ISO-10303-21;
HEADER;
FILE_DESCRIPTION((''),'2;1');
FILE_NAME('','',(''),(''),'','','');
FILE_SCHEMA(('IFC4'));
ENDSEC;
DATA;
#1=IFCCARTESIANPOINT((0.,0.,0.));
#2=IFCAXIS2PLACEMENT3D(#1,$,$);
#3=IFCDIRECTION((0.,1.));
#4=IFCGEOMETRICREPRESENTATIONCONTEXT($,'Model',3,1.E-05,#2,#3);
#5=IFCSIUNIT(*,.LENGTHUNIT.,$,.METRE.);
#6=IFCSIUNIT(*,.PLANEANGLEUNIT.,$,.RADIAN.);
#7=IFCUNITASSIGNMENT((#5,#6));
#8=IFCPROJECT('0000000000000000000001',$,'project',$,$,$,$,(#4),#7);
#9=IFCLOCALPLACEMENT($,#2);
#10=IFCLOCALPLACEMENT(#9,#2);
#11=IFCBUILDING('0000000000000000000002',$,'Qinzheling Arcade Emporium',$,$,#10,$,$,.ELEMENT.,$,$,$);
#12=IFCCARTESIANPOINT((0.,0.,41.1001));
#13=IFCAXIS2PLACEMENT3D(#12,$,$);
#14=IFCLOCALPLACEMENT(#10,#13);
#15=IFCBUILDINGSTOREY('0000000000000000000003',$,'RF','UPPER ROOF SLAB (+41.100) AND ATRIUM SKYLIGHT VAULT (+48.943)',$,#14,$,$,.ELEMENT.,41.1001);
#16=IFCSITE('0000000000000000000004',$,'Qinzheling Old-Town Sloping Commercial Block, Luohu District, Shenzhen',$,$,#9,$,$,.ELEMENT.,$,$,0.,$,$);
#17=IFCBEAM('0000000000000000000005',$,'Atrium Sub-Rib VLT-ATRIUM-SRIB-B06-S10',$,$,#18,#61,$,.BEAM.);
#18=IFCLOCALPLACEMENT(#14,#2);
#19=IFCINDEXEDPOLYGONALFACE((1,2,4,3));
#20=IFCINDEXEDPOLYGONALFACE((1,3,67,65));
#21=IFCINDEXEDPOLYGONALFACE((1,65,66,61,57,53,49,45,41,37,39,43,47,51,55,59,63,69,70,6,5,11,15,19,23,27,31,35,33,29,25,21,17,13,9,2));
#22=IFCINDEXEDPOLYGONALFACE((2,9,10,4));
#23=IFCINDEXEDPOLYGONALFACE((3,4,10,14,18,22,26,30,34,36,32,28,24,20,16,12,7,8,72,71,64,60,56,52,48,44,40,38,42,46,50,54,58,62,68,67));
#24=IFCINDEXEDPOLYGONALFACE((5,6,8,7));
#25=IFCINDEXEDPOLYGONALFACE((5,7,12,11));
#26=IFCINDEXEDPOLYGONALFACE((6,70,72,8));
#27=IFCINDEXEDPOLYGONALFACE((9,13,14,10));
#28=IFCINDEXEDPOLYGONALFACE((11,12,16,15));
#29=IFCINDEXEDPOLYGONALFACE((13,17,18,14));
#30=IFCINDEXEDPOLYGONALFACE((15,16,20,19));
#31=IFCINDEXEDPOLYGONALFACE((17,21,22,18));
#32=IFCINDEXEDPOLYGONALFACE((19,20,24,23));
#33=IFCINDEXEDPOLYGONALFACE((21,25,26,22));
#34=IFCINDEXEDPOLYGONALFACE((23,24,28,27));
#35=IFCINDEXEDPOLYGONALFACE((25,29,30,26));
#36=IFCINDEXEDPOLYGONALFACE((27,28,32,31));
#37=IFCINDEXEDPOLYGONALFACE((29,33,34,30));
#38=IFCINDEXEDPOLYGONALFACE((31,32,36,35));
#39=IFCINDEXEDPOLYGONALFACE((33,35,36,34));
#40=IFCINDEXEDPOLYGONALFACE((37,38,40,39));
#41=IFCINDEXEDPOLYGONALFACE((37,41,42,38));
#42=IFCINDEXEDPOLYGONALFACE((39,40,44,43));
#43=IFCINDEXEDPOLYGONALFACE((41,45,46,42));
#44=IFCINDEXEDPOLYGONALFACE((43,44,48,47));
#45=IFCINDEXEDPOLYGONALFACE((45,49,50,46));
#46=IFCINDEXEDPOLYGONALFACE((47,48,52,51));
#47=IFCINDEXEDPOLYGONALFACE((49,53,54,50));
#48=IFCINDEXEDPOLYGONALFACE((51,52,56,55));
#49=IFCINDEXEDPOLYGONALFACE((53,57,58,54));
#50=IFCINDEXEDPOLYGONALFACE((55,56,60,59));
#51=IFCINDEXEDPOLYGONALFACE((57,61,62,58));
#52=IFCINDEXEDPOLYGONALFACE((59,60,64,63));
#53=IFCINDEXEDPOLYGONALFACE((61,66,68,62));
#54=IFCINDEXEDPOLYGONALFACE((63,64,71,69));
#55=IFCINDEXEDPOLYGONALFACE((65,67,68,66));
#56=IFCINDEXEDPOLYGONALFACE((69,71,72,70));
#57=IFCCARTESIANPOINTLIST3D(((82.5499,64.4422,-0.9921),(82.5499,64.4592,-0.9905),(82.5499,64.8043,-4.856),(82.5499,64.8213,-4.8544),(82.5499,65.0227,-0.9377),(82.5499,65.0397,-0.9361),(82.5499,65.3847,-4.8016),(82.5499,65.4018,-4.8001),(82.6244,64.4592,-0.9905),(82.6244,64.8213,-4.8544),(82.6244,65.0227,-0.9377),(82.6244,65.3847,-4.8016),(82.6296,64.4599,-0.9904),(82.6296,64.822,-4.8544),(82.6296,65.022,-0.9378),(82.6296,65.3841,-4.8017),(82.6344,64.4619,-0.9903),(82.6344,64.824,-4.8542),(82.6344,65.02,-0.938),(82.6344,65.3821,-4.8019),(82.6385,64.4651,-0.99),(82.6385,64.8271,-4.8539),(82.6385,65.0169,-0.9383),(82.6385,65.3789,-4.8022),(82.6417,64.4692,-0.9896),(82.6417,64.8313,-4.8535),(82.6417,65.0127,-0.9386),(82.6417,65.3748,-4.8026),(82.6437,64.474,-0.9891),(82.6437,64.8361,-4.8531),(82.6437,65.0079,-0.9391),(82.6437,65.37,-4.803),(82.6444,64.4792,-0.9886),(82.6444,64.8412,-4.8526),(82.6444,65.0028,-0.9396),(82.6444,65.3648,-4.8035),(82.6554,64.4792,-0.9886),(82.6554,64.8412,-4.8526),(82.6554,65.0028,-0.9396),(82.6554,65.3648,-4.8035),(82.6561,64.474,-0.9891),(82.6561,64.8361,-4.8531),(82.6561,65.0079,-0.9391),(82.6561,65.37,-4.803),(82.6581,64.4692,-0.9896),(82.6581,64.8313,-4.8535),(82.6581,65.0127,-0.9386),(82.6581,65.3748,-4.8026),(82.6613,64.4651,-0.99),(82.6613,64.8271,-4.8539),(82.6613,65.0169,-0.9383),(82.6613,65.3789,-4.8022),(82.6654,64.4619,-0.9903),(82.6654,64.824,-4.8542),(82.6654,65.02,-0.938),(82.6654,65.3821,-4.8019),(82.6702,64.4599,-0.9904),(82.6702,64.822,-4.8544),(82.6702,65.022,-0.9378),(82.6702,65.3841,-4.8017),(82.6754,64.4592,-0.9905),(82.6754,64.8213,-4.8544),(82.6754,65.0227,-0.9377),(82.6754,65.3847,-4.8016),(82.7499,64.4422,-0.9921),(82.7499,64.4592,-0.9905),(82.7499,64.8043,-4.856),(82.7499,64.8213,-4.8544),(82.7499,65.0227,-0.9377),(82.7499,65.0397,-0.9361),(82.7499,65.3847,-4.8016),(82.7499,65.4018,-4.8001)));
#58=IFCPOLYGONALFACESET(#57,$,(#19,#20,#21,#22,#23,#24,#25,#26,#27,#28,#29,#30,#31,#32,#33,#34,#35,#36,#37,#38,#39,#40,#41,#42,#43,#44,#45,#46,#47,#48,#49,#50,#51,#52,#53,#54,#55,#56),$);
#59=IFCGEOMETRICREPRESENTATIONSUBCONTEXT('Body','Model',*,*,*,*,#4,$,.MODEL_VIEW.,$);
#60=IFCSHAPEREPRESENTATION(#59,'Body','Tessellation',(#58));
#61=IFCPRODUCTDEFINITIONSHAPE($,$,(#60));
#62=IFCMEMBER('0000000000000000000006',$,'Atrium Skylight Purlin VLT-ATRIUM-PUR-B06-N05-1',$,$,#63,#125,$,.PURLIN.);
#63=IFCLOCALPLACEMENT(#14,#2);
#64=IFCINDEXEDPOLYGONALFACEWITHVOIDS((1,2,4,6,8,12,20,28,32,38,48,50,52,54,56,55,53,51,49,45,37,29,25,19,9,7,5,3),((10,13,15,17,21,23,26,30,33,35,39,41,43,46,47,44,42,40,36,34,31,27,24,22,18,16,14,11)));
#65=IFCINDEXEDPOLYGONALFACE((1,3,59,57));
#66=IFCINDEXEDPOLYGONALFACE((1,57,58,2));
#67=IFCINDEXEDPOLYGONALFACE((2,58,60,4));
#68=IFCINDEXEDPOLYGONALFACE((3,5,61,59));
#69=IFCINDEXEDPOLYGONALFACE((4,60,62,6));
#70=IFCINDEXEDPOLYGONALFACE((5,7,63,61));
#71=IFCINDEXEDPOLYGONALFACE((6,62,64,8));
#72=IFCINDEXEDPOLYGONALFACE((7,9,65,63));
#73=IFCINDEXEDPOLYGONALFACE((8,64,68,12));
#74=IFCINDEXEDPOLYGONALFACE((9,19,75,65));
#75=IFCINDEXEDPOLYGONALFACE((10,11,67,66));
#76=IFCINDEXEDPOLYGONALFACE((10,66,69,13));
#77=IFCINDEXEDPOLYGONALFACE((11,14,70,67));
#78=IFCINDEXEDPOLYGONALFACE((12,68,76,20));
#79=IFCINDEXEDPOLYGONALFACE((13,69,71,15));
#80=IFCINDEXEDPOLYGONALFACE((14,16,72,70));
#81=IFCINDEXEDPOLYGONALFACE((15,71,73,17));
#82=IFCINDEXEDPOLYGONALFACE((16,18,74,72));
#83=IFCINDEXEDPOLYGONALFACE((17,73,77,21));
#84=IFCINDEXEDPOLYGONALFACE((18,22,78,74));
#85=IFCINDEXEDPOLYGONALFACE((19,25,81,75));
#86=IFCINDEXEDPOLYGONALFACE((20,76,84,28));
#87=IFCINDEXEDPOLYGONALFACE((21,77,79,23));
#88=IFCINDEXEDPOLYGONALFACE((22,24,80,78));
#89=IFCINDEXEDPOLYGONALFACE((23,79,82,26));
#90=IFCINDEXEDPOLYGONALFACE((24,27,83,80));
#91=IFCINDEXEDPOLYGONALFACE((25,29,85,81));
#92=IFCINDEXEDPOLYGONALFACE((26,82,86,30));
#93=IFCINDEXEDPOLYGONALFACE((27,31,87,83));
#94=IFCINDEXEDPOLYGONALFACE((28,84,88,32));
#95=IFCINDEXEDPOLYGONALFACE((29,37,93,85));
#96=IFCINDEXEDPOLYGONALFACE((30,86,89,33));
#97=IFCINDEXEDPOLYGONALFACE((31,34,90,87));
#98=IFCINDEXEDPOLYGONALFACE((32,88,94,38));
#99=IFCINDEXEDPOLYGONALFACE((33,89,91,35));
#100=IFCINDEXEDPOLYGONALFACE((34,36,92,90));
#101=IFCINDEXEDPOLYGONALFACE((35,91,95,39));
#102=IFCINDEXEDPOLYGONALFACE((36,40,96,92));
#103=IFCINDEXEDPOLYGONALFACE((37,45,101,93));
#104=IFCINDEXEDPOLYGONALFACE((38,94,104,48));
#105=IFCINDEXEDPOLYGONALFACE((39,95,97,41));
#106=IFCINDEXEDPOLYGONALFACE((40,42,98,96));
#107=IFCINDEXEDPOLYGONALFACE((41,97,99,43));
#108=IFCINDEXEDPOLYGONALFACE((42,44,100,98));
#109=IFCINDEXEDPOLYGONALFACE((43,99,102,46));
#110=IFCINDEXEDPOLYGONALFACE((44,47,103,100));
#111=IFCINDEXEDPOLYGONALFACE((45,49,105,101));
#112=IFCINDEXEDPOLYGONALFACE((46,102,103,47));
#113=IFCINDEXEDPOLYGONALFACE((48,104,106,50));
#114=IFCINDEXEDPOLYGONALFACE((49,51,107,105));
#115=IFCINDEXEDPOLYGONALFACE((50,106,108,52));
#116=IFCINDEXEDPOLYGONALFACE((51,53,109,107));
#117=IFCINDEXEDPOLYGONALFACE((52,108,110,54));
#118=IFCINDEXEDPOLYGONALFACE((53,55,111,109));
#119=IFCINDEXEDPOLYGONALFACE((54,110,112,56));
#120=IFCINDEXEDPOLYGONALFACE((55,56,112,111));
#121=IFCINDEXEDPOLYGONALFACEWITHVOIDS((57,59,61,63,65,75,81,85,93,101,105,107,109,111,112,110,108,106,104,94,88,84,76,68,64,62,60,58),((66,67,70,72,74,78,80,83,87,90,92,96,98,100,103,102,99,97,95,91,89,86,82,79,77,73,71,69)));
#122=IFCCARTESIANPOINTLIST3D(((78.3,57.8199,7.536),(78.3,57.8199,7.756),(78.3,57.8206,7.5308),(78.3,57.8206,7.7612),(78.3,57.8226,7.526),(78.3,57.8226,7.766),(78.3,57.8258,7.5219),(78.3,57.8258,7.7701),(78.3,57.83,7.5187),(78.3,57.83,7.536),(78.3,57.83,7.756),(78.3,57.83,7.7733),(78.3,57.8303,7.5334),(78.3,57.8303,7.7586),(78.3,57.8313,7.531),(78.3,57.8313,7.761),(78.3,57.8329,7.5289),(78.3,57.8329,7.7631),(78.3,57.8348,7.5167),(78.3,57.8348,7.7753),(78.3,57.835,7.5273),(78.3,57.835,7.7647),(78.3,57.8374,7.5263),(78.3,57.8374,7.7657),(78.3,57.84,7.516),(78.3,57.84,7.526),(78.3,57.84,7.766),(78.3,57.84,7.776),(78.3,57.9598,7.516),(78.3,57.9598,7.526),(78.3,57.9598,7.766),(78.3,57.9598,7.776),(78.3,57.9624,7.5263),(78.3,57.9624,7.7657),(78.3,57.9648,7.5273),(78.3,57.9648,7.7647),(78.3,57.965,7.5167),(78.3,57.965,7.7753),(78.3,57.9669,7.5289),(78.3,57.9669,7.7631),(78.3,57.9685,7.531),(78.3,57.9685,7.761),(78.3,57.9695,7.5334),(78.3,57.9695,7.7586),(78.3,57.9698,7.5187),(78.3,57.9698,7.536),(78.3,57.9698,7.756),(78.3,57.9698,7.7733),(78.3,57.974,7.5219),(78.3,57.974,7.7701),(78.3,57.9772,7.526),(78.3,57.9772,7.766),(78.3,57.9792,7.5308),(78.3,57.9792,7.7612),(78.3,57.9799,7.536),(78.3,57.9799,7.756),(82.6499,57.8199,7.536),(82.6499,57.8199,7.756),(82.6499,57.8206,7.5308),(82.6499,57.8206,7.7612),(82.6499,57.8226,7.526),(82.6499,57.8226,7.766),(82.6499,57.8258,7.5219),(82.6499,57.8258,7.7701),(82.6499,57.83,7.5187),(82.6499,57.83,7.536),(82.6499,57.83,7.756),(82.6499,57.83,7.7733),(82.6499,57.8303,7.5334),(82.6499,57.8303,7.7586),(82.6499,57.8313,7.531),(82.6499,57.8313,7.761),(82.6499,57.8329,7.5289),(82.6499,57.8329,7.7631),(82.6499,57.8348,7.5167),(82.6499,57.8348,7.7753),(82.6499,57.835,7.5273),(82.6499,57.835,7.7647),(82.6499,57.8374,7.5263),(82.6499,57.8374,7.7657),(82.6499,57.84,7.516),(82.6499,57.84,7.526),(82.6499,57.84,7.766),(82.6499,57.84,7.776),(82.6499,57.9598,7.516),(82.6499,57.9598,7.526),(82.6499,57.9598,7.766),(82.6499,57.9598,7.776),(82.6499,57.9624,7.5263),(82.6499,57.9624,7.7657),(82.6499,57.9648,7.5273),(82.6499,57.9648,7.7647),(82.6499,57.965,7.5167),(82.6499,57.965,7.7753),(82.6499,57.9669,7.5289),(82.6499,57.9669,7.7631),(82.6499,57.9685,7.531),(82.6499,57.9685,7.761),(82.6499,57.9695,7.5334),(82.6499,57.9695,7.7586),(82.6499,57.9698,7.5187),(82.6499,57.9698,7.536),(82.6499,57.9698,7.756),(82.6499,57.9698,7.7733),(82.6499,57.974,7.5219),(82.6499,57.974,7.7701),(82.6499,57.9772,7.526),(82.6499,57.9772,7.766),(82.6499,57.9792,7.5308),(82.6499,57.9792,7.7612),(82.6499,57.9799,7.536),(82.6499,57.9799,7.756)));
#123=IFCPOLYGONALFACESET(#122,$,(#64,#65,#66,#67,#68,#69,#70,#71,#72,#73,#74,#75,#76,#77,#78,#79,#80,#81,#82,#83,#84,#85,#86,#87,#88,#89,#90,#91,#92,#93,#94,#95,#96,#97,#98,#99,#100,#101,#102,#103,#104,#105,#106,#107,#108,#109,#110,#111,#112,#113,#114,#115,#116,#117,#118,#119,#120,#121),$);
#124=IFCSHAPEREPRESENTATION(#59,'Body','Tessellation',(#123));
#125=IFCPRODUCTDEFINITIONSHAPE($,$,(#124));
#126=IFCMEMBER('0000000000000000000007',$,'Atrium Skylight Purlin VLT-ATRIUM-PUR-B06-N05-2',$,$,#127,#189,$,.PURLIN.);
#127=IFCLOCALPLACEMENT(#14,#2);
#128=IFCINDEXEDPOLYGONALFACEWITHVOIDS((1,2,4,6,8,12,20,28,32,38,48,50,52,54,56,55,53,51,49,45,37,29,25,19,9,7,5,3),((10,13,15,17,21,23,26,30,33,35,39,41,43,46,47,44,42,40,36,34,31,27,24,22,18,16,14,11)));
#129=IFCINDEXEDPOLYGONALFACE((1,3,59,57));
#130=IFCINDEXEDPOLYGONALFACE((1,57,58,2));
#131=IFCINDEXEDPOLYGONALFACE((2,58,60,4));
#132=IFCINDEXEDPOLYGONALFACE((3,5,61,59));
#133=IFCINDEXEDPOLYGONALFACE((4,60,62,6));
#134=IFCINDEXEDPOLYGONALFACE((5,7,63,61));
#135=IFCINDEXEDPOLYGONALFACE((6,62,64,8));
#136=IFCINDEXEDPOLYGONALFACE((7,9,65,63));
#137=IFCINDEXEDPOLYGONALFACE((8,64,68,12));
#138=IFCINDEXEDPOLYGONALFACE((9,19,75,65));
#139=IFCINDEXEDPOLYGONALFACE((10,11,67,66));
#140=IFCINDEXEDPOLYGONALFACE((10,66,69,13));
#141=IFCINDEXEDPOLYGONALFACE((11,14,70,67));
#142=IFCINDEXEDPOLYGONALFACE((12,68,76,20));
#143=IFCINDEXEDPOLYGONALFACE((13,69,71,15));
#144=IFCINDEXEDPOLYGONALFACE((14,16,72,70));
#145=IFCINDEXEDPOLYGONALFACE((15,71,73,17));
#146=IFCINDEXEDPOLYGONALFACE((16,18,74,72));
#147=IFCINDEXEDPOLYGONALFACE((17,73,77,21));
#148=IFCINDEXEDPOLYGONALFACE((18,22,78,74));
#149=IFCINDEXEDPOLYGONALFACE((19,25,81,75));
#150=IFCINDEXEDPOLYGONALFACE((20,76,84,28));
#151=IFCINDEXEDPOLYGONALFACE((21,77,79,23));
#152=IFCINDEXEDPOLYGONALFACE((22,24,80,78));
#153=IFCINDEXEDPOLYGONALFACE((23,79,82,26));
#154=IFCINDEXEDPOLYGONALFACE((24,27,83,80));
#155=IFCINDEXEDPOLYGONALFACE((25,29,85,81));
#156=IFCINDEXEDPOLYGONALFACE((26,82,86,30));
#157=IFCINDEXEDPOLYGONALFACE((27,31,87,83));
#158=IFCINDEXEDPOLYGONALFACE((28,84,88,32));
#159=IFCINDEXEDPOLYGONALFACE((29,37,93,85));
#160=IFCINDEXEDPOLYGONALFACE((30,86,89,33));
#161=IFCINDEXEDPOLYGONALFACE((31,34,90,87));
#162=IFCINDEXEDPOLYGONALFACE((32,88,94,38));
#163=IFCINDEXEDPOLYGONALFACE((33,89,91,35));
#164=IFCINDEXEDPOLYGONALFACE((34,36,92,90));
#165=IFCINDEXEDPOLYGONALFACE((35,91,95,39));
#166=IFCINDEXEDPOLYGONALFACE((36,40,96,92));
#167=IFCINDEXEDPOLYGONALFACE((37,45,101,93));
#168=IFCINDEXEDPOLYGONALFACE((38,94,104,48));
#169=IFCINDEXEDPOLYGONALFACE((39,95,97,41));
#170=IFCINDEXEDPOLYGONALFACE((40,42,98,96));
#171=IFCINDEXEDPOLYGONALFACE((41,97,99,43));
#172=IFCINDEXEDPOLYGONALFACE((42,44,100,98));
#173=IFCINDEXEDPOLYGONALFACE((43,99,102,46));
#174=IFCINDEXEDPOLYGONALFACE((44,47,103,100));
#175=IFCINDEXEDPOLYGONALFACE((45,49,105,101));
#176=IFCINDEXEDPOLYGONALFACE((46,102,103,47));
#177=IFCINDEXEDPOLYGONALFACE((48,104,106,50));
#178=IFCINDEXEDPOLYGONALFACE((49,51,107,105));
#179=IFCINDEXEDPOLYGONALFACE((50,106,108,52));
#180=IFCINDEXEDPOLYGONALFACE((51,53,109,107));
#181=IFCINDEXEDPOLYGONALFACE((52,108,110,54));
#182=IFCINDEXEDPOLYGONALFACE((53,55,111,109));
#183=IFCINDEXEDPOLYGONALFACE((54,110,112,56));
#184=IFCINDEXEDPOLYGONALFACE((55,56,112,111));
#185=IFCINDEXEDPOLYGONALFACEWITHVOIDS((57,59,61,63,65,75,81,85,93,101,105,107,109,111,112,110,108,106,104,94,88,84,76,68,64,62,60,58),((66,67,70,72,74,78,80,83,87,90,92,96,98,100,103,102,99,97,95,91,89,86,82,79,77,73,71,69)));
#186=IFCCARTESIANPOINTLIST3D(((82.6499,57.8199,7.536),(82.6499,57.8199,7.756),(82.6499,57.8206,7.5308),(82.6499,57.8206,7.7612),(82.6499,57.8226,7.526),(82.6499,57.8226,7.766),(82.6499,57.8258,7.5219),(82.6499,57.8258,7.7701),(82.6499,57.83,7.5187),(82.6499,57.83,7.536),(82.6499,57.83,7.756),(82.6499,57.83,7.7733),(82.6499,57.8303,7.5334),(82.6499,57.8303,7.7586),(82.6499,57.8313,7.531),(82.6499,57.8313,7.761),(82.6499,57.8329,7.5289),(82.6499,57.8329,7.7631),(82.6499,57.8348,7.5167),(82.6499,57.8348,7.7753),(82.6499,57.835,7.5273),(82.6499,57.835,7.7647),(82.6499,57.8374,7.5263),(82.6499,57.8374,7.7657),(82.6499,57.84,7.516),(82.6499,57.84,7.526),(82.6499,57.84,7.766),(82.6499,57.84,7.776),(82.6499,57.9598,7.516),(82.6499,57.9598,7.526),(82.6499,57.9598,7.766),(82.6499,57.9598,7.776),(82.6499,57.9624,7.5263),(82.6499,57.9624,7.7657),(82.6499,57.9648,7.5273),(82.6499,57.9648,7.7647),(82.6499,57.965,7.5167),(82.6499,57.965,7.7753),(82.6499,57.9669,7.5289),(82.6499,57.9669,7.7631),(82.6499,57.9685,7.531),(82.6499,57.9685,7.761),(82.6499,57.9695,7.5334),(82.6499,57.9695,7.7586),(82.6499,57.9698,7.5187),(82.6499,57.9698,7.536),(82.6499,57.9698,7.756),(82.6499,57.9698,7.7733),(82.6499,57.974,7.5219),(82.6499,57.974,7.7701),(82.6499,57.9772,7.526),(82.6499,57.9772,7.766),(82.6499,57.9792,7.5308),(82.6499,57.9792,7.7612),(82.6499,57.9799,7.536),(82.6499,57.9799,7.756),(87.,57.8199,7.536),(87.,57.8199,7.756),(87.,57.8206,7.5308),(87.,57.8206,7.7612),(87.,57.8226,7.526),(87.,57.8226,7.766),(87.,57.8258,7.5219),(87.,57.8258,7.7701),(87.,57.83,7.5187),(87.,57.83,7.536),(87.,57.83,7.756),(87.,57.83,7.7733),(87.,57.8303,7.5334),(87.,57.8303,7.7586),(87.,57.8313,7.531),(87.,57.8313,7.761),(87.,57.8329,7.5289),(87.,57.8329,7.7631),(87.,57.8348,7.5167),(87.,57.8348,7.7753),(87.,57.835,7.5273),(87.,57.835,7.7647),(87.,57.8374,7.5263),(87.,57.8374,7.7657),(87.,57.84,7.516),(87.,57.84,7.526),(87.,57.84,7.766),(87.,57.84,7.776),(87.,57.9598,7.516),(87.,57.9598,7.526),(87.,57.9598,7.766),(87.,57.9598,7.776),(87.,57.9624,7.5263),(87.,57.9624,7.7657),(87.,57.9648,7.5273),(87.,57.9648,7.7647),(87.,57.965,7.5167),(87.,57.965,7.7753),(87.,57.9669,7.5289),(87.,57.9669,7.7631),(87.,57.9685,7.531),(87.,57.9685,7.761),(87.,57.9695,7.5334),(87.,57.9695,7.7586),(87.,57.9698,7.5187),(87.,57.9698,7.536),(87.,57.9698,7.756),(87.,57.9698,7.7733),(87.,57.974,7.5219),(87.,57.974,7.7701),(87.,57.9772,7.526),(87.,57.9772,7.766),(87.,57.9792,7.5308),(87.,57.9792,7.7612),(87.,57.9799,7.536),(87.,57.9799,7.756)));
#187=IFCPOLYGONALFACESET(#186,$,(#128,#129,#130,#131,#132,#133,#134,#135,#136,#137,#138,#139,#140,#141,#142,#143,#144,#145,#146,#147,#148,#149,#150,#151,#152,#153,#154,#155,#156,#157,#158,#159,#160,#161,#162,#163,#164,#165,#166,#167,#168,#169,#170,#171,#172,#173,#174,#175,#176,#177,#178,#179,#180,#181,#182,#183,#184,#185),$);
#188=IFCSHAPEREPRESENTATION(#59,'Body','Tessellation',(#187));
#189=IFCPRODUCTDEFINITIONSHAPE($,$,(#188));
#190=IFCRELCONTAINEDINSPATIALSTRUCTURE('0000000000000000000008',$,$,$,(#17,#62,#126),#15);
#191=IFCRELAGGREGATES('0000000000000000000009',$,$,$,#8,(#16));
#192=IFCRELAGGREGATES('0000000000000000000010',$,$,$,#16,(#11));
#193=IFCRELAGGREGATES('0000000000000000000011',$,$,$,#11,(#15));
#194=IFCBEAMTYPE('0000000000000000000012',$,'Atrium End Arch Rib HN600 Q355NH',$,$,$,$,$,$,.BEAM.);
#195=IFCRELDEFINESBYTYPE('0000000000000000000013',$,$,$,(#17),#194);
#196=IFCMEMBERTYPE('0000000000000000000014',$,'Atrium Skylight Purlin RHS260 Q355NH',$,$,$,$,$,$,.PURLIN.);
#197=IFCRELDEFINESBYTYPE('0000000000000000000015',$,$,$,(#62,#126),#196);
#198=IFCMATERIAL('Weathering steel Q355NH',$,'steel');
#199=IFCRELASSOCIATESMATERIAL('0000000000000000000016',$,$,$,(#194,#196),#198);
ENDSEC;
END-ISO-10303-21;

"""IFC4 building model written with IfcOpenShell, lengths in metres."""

from ifc_helpers import new_model, si_unit, direction, frame, origin, origin_2d, place, context, subcontext, project, spatial, hollow_rectangle, i_section, extrude, material, material_profile, profile_set, type_object, element, save


model = new_model("IFC4")

# Units and contexts
model_context = context("Model", 3, precision=1e-05, world=origin(), true_north=direction((0.0, 1.0)))
body_context = subcontext(model_context, "Body", "Model", "MODEL_VIEW")
ifc_project = project(units=[si_unit("LENGTHUNIT", "METRE"), si_unit("PLANEANGLEUNIT", "RADIAN")], contexts=[model_context])

# Site, building, storey
site_placement = place(None, origin())
site = spatial("IfcSite", under=ifc_project, at=site_placement, Name="Qinzheling Old-Town Sloping Commercial Block, Luohu District, Shenzhen", CompositionType="ELEMENT", RefElevation=0.0)
building_placement = place(site_placement, origin())
building = spatial("IfcBuilding", under=site, at=building_placement, Name="Qinzheling Arcade Emporium", CompositionType="ELEMENT")
storey_placement = place(building_placement, frame((0.0, 0.0, 41.1001)))
storey = spatial("IfcBuildingStorey", under=building, at=storey_placement, Name="RF", Description="UPPER ROOF SLAB (+41.100) AND ATRIUM SKYLIGHT VAULT (+48.943)", CompositionType="ELEMENT", Elevation=41.1001)

# Beam
ifc_material_1 = material(Name="Weathering steel Q355NH", Category="steel")
ifc_material_profile_1 = material_profile(ifc_material_1, i_section(OverallWidth=0.2, OverallDepth=0.6001, WebThickness=0.011, FlangeThickness=0.0171, FilletRadius=0.02, at=origin_2d()), Name="HN 600x200x11x17", Category="steel")
ifc_profile_set_1 = profile_set([ifc_material_profile_1], Name="Weathering steel Q355NH")
beam_type_1 = type_object("IfcBeamType", Name="Atrium End Arch Rib HN600 Q355NH", PredefinedType="BEAM", material=ifc_profile_set_1)
beam_1_placement = place(storey_placement, frame((82.6499, 64.741, -0.9641), z_axis=(0.0, 0.093292, -0.995639), x_axis=(-1.0, 0.0, 0.0)))
element("IfcBeam", 1, at=beam_1_placement, inside=storey, type_object=beam_type_1, Name="Atrium Sub-Rib VLT-ATRIUM-SRIB-B06-S10", PredefinedType="BEAM", context=body_context, shape_type="SweptSolid", body=[
    extrude(i_section(OverallWidth=0.2, OverallDepth=0.6001, WebThickness=0.011, FlangeThickness=0.0171, FilletRadius=0.02, at=origin_2d()), origin(), (0.0, 0.0, 1.0), 3.8809),
])

# Members
ifc_material_profile_2 = material_profile(ifc_material_1, hollow_rectangle(XDim=0.1599, YDim=0.26, WallThickness=0.01, InnerFilletRadius=0.01, OuterFilletRadius=0.02, at=origin_2d()), Name="RHS 260x160x10", Category="steel")
ifc_profile_set_2 = profile_set([ifc_material_profile_2], Name="Weathering steel Q355NH")
member_type = type_object("IfcMemberType", Name="Atrium Skylight Purlin RHS260 Q355NH", PredefinedType="PURLIN", material=ifc_profile_set_2)
member_1_placement = place(storey_placement, frame((78.3, 57.8999, 7.646), z_axis=(1.0, 0.0, 0.0), x_axis=(0.0, 1.0, 0.0)))
element("IfcMember", 2, at=member_1_placement, inside=storey, type_object=member_type, Name="Atrium Skylight Purlin VLT-ATRIUM-PUR-B06-N05-1", PredefinedType="PURLIN", context=body_context, shape_type="SweptSolid", body=[
    extrude(hollow_rectangle(XDim=0.1599, YDim=0.26, WallThickness=0.01, InnerFilletRadius=0.01, OuterFilletRadius=0.02, at=origin_2d()), origin(), (0.0, 0.0, 1.0), 4.3499),
])
member_2_placement = place(storey_placement, frame((82.6499, 57.8999, 7.646), z_axis=(1.0, 0.0, 0.0), x_axis=(0.0, 1.0, 0.0)))
element("IfcMember", 3, at=member_2_placement, inside=storey, type_object=member_type, Name="Atrium Skylight Purlin VLT-ATRIUM-PUR-B06-N05-2", PredefinedType="PURLIN", context=body_context, shape_type="SweptSolid", body=[
    extrude(hollow_rectangle(XDim=0.1599, YDim=0.26, WallThickness=0.01, InnerFilletRadius=0.01, OuterFilletRadius=0.02, at=origin_2d()), origin(), (0.0, 0.0, 1.0), 4.3501),
])

save(model, "model.ifc")
